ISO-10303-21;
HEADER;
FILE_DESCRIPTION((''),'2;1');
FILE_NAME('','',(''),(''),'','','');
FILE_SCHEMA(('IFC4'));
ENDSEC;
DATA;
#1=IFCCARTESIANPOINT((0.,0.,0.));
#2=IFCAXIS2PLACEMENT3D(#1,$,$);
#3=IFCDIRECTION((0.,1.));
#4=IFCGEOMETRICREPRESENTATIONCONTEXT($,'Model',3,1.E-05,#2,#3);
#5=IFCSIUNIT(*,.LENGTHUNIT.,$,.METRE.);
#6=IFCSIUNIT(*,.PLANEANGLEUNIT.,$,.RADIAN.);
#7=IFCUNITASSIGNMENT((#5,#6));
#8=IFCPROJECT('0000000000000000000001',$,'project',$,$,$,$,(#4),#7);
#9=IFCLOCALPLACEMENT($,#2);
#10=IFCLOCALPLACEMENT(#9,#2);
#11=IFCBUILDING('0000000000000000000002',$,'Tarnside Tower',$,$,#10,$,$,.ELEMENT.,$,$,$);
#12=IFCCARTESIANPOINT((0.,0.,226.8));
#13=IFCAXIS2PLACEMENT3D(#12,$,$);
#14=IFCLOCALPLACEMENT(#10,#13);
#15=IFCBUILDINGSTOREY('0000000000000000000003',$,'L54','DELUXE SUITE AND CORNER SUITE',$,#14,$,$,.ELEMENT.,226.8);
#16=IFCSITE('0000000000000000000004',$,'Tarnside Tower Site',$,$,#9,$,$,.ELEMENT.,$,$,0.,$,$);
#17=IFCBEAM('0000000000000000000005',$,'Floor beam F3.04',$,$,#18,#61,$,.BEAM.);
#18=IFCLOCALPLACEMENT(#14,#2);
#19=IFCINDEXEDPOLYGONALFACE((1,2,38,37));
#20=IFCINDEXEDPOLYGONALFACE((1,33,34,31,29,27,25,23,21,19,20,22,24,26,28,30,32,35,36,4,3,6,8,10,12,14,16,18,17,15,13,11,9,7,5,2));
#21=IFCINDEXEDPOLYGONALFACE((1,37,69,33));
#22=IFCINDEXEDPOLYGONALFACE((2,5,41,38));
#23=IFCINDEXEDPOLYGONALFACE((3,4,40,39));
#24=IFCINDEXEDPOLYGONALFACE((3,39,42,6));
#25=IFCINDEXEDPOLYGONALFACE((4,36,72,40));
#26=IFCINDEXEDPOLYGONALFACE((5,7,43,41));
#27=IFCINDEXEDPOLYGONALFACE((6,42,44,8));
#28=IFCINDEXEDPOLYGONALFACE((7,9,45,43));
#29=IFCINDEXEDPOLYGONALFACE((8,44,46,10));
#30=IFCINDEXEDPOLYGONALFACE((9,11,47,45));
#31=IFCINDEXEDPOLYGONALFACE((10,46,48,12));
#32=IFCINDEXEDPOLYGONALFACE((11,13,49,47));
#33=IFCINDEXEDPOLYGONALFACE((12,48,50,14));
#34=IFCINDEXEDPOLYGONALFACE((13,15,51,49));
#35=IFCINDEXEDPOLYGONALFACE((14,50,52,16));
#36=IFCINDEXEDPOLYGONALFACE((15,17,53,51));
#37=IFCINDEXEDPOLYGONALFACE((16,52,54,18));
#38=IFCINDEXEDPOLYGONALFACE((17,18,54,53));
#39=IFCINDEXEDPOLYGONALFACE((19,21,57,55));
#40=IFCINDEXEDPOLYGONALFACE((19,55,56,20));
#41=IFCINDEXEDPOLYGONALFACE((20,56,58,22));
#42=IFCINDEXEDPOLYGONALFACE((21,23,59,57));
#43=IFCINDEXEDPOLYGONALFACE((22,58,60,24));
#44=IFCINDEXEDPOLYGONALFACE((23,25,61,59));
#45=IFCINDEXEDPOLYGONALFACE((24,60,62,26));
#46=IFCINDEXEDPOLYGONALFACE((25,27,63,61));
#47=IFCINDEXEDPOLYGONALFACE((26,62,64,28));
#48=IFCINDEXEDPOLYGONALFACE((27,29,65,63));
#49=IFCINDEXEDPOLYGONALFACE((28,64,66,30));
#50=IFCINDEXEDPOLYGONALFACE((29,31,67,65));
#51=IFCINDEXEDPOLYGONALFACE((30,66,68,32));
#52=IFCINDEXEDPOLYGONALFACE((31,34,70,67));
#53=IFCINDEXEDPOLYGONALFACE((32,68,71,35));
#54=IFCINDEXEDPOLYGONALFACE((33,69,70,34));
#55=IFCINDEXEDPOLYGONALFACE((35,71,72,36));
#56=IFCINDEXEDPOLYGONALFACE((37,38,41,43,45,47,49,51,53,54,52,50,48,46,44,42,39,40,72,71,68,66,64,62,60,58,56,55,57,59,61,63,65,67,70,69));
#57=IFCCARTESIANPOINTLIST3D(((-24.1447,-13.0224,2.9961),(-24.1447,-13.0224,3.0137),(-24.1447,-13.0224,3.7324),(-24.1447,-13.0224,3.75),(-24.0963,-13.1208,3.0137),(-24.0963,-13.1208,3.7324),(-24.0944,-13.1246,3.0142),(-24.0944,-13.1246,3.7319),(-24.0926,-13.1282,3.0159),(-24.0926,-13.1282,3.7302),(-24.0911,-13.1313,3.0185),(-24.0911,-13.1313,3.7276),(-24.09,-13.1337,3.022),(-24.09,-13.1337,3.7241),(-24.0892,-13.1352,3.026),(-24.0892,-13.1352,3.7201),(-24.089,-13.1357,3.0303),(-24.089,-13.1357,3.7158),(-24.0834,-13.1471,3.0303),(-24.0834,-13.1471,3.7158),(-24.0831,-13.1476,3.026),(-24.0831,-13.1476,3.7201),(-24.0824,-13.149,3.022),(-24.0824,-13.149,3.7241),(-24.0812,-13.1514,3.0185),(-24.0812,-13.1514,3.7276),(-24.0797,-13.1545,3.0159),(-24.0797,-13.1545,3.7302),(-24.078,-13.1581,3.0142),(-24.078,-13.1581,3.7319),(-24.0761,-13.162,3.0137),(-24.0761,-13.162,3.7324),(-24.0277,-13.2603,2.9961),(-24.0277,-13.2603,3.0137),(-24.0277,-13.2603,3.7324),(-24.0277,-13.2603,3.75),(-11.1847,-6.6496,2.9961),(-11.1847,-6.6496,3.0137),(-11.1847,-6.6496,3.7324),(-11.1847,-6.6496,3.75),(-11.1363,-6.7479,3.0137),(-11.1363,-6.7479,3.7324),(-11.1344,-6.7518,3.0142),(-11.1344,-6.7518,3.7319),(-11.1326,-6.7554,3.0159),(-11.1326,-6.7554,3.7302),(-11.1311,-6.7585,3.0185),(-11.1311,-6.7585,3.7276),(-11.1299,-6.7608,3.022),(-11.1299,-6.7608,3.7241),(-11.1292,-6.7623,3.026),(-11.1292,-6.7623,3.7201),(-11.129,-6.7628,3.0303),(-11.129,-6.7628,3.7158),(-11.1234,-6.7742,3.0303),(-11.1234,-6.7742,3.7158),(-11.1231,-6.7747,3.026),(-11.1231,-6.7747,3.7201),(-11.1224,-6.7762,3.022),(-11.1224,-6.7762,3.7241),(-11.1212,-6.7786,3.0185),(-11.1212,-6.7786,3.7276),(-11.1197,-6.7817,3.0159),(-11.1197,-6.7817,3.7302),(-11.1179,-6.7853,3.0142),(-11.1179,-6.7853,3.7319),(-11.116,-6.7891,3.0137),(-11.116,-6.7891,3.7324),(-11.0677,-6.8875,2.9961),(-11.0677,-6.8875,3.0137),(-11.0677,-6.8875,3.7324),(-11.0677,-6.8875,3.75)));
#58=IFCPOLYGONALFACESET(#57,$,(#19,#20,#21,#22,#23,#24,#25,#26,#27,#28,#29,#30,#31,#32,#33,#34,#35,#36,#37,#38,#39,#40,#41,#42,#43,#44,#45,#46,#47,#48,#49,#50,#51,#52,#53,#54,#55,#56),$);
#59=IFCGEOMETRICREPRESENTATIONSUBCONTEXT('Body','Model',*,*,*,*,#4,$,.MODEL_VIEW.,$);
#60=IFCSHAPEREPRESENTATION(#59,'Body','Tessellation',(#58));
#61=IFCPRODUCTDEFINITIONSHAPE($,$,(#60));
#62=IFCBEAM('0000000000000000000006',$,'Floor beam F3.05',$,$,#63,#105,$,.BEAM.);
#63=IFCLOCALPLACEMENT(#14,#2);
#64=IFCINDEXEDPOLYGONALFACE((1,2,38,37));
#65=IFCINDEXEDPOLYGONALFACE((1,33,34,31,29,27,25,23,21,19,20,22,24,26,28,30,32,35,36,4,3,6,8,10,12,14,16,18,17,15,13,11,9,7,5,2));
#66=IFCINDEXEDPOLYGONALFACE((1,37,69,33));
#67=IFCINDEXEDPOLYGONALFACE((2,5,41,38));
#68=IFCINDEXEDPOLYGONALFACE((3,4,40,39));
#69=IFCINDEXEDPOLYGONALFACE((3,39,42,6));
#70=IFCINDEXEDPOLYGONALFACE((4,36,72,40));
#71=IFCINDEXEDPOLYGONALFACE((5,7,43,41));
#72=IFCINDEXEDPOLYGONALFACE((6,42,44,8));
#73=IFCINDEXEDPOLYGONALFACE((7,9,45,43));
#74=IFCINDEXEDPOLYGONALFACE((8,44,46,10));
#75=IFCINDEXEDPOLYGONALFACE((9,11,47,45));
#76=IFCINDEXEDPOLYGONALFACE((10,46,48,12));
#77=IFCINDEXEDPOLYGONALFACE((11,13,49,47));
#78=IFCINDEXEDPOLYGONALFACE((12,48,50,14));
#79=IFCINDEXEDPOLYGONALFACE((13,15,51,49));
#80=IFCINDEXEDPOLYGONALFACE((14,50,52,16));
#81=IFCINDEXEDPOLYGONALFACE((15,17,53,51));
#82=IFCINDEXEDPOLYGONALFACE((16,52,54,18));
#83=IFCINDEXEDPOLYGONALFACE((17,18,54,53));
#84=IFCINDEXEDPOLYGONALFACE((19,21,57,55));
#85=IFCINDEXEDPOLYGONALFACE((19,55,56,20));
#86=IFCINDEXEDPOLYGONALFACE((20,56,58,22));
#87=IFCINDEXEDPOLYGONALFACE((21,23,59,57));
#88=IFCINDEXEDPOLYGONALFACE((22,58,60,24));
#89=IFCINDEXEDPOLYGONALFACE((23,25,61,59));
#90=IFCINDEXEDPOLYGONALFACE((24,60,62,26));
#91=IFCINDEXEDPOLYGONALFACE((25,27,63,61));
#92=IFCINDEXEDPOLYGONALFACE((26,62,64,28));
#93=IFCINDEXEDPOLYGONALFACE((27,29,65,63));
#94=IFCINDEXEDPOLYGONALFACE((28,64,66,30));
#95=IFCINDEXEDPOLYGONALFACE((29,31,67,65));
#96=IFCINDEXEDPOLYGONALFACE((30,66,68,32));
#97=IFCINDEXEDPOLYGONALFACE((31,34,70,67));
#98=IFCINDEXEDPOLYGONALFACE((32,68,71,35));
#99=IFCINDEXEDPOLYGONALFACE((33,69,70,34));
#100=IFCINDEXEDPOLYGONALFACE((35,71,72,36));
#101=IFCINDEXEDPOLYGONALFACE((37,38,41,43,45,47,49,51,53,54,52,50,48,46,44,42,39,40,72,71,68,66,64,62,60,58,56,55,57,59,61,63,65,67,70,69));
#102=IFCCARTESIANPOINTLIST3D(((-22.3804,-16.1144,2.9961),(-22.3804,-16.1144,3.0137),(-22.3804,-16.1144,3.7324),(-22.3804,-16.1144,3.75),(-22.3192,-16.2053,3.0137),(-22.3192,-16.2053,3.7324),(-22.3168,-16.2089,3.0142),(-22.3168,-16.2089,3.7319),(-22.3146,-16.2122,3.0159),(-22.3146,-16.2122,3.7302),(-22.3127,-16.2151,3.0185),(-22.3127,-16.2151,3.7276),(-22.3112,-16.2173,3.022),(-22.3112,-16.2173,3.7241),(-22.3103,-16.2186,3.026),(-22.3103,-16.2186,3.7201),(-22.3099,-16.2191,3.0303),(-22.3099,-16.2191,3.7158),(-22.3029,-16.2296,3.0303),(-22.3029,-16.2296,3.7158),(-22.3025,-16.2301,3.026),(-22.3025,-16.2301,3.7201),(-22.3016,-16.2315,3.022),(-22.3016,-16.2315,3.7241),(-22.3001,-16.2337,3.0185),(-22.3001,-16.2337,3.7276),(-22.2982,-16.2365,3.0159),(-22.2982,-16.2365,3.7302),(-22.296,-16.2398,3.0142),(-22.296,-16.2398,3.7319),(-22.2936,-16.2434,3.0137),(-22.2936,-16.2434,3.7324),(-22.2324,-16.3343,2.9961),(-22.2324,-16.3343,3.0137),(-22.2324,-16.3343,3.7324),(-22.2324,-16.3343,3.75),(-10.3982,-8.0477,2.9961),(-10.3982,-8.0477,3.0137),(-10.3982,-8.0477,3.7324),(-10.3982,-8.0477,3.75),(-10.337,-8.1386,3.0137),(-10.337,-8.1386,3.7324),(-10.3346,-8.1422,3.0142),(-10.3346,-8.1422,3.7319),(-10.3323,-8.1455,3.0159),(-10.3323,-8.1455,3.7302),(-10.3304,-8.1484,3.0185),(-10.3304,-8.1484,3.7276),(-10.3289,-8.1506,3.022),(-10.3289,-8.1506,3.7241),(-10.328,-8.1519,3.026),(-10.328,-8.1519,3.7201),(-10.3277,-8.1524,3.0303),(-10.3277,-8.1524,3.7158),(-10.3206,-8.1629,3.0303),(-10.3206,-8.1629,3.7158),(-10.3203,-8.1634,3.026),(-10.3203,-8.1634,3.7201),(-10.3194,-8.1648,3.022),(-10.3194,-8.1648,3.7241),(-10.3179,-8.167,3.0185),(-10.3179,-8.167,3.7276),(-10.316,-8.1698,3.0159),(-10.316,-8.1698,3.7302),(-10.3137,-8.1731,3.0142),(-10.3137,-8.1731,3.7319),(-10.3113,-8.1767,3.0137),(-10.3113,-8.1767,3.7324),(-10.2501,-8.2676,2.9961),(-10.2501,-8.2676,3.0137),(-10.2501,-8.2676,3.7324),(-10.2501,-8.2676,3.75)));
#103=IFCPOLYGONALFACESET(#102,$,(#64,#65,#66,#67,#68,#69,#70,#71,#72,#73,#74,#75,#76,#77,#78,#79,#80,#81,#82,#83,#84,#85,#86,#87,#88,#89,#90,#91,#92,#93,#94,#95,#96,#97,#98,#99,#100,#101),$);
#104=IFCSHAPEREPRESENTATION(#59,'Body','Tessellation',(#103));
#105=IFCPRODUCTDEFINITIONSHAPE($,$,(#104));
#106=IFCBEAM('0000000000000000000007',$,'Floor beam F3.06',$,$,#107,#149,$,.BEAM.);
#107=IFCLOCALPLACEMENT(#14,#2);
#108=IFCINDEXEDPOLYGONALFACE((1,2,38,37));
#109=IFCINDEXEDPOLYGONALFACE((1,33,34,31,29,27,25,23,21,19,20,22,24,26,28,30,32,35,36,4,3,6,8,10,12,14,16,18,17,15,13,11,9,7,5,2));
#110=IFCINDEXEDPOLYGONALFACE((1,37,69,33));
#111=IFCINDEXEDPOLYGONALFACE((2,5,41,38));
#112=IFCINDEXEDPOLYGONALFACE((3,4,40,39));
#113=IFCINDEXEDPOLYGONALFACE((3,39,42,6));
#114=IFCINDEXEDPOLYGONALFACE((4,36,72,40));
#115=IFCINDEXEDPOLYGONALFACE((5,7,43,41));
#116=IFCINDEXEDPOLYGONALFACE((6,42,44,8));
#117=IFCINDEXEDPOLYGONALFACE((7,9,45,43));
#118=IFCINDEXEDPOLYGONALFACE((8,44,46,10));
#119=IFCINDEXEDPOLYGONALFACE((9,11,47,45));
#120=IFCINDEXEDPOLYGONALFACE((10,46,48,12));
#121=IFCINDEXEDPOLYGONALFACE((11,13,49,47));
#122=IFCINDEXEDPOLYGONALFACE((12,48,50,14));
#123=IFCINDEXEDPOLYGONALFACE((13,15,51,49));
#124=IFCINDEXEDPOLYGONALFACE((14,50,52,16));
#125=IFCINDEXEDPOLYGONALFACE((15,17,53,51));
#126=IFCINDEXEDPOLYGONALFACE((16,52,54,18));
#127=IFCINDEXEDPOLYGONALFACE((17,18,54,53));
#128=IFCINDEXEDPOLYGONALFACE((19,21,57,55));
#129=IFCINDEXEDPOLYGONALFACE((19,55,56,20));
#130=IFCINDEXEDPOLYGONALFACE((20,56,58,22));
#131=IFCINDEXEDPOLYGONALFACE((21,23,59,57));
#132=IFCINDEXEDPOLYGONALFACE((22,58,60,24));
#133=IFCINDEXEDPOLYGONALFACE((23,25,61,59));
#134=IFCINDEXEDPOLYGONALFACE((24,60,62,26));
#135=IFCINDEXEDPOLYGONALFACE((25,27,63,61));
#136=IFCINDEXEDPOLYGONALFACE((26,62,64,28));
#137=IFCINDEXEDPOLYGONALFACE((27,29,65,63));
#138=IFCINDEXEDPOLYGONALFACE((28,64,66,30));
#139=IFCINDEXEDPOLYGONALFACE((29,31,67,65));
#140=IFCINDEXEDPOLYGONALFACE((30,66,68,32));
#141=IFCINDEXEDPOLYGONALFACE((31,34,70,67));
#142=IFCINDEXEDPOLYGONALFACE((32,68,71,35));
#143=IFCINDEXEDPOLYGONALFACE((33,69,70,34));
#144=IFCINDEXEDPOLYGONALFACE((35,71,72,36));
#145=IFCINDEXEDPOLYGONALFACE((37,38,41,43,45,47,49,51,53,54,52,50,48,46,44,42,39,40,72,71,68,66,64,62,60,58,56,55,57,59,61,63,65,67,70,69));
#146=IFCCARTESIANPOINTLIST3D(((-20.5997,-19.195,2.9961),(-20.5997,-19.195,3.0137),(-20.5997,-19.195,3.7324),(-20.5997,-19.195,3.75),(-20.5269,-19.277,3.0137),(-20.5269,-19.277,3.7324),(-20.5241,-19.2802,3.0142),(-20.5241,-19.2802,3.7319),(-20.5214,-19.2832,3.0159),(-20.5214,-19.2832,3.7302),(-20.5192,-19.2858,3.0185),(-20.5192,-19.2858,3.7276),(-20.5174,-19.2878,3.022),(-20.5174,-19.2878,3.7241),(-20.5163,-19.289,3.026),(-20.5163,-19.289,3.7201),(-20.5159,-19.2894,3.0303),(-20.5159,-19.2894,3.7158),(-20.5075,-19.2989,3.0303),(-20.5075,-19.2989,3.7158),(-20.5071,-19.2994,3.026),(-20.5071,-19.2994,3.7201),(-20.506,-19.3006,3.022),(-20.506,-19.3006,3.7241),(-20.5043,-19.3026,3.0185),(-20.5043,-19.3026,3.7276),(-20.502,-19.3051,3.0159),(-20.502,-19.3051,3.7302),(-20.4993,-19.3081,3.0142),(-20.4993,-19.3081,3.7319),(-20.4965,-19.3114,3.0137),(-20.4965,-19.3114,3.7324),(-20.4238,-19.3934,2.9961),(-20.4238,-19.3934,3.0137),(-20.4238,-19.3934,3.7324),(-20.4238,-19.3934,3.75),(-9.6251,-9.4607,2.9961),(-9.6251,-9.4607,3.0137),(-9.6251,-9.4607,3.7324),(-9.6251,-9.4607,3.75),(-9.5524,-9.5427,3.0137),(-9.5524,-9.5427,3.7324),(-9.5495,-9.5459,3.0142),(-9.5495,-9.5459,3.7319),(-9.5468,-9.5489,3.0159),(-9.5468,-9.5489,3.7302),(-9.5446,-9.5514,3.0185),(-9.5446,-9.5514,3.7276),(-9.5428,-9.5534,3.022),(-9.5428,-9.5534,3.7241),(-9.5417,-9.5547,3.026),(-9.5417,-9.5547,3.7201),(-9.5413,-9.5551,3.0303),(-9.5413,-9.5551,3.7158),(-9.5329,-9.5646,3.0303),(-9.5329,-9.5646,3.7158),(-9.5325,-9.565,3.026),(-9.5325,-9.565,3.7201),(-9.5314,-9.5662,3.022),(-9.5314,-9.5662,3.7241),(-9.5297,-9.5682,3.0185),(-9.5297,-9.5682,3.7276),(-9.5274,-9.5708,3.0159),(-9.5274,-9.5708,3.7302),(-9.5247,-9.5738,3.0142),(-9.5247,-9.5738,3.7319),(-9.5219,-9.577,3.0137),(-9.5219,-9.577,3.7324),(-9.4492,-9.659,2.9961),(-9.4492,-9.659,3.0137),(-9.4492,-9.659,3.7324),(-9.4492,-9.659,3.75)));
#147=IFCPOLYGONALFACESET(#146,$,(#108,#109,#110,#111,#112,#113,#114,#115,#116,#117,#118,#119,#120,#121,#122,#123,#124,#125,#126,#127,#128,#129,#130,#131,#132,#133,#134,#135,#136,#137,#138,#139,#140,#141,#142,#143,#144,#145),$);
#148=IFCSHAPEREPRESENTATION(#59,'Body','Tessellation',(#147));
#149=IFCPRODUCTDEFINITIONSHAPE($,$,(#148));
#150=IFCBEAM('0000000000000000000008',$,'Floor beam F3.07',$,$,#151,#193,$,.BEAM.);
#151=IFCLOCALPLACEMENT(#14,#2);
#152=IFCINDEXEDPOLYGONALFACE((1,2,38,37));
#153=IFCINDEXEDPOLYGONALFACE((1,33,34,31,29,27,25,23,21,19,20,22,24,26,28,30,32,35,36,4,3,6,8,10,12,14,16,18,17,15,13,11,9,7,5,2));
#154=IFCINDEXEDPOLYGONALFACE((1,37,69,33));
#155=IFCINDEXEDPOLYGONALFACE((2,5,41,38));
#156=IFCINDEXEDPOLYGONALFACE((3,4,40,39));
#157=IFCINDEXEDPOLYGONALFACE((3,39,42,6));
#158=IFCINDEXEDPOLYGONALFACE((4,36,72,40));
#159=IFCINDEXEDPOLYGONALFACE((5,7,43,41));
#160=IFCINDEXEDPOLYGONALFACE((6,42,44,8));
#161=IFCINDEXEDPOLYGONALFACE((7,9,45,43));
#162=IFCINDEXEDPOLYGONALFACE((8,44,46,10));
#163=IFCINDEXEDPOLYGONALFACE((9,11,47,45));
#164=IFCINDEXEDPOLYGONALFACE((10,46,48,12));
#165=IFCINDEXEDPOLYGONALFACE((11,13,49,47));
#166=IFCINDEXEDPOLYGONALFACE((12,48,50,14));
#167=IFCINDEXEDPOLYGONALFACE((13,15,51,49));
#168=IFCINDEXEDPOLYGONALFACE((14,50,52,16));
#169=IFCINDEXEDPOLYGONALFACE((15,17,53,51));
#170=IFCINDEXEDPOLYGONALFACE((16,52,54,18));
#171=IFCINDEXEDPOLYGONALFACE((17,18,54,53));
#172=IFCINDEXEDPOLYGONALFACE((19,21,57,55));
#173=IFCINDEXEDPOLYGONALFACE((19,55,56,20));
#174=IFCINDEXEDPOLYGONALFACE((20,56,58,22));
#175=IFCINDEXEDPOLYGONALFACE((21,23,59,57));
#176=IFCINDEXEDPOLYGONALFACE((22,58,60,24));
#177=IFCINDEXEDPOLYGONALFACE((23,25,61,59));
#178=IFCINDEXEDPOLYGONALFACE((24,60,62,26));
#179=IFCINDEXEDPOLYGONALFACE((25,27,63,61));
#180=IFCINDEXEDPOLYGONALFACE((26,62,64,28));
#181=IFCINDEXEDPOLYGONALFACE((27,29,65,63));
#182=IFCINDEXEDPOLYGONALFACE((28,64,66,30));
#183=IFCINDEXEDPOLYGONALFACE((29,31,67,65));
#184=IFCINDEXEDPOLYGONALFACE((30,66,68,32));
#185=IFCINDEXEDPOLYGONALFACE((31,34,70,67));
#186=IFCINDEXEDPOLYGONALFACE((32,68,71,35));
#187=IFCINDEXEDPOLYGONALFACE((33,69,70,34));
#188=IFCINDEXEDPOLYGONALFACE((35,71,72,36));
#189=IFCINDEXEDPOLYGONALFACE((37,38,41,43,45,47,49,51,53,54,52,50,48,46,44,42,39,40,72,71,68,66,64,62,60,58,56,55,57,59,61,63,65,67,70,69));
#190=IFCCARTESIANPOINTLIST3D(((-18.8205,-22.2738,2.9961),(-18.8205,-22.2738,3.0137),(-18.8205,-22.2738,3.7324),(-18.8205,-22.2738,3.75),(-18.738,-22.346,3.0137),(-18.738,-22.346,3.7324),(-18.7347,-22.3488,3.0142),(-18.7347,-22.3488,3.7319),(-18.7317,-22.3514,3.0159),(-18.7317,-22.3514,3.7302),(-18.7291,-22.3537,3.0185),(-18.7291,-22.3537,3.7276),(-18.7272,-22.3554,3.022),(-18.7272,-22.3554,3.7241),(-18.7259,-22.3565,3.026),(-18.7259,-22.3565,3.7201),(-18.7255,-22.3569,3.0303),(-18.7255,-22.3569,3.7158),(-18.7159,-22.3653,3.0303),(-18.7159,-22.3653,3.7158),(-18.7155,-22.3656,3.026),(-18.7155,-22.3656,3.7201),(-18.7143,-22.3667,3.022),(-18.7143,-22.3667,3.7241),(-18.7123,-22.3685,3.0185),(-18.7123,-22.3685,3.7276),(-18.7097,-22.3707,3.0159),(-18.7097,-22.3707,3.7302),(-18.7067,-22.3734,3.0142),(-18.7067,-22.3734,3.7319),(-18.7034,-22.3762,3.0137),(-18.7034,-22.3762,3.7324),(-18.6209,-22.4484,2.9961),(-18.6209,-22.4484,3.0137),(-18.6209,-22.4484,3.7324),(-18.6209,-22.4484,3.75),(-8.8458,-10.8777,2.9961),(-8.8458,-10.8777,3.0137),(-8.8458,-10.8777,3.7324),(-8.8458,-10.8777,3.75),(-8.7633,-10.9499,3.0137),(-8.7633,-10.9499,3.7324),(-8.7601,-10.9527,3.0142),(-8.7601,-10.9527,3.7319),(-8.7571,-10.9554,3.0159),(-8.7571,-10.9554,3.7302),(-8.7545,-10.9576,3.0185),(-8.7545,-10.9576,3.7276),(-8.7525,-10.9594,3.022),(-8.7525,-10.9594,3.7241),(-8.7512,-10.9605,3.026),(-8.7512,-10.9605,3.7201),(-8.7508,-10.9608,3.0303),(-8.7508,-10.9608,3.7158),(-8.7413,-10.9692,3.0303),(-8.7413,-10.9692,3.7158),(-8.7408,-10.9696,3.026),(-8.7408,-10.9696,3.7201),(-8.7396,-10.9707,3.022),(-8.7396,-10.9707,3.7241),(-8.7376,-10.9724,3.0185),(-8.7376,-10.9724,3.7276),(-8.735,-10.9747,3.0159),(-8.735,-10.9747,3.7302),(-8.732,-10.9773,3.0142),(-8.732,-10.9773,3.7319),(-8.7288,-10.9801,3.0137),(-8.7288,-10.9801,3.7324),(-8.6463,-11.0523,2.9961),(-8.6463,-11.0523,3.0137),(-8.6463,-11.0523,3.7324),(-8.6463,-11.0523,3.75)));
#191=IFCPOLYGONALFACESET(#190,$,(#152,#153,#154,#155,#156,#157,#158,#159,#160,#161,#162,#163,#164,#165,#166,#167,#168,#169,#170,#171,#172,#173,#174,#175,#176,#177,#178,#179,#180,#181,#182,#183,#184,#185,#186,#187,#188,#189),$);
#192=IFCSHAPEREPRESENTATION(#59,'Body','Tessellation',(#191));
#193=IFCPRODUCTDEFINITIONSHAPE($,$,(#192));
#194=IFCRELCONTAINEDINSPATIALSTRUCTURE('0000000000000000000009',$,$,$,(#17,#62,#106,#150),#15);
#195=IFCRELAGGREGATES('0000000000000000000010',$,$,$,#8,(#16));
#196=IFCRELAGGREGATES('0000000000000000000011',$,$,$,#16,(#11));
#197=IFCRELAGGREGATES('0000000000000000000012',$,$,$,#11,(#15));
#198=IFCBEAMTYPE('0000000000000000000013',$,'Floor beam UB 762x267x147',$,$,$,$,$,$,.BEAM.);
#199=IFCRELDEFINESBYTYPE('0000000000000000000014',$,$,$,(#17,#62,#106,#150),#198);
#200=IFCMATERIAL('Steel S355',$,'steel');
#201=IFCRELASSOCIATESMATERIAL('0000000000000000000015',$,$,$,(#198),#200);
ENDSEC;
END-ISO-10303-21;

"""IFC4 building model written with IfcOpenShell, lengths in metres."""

from ifc_helpers import new_model, si_unit, direction, frame, origin, origin_2d, place, context, subcontext, project, spatial, i_section, extrude, material, material_profile, profile_set, type_object, element, save


model = new_model("IFC4")

# Units and contexts
model_context = context("Model", 3, precision=1e-05, world=origin(), true_north=direction((0.0, 1.0)))
body_context = subcontext(model_context, "Body", "Model", "MODEL_VIEW")
ifc_project = project(units=[si_unit("LENGTHUNIT", "METRE"), si_unit("PLANEANGLEUNIT", "RADIAN")], contexts=[model_context])

# Site, building, storey
site_placement = place(None, origin())
site = spatial("IfcSite", under=ifc_project, at=site_placement, Name="Tarnside Tower Site", CompositionType="ELEMENT", RefElevation=0.0)
building_placement = place(site_placement, origin())
building = spatial("IfcBuilding", under=site, at=building_placement, Name="Tarnside Tower", CompositionType="ELEMENT")
storey_placement = place(building_placement, frame((0.0, 0.0, 226.8)))
storey = spatial("IfcBuildingStorey", under=building, at=storey_placement, Name="L54", Description="DELUXE SUITE AND CORNER SUITE", CompositionType="ELEMENT", Elevation=226.8)

# Beams
ifc_material_1 = material(Name="Steel S355", Category="steel")
ifc_material_profile_1 = material_profile(ifc_material_1, i_section(OverallWidth=0.2651, OverallDepth=0.7539, WebThickness=0.0127, FlangeThickness=0.0176, FilletRadius=0.0166, at=origin_2d()), Name="UB 762x267x147")
ifc_profile_set_1 = profile_set([ifc_material_profile_1], Name="Steel S355")
beam_type_1 = type_object("IfcBeamType", Name="Floor beam UB 762x267x147", PredefinedType="BEAM", material=ifc_profile_set_1)
beam_1_placement = place(storey_placement, frame((-24.0862, -13.1414, 3.373), z_axis=(0.897376, 0.441267, 0.0), x_axis=(-0.441267, 0.897376, 0.0)))
element("IfcBeam", 1, at=beam_1_placement, inside=storey, type_object=beam_type_1, Name="Floor beam F3.04", PredefinedType="BEAM", context=body_context, shape_type="SweptSolid", body=[
    extrude(i_section(OverallWidth=0.2651, OverallDepth=0.7539, WebThickness=0.0127, FlangeThickness=0.0176, FilletRadius=0.0166, at=origin_2d()), origin(), (0.0, 0.0, 1.0), 14.4421),
])
beam_2_placement = place(storey_placement, frame((-22.3064, -16.2244, 3.373), z_axis=(0.829532, 0.558458, 0.0), x_axis=(-0.558458, 0.829532, 0.0)))
element("IfcBeam", 2, at=beam_2_placement, inside=storey, type_object=beam_type_1, Name="Floor beam F3.05", PredefinedType="BEAM", context=body_context, shape_type="SweptSolid", body=[
    extrude(i_section(OverallWidth=0.2651, OverallDepth=0.7539, WebThickness=0.0127, FlangeThickness=0.0176, FilletRadius=0.0166, at=origin_2d()), origin(), (0.0, 0.0, 1.0), 14.4446),
])
beam_3_placement = place(storey_placement, frame((-20.5117, -19.2942, 3.373), z_axis=(0.748114, 0.66357, 0.0), x_axis=(-0.66357, 0.748114, 0.0)))
element("IfcBeam", 3, at=beam_3_placement, inside=storey, type_object=beam_type_1, Name="Floor beam F3.06", PredefinedType="BEAM", context=body_context, shape_type="SweptSolid", body=[
    extrude(i_section(OverallWidth=0.2651, OverallDepth=0.7539, WebThickness=0.0127, FlangeThickness=0.0176, FilletRadius=0.0166, at=origin_2d()), origin(), (0.0, 0.0, 1.0), 14.6697),
])
beam_4_placement = place(storey_placement, frame((-18.7207, -22.3611, 3.373), z_axis=(0.658621, 0.752475, 0.0), x_axis=(-0.752475, 0.658621, 0.0)))
element("IfcBeam", 4, at=beam_4_placement, inside=storey, type_object=beam_type_1, Name="Floor beam F3.07", PredefinedType="BEAM", context=body_context, shape_type="SweptSolid", body=[
    extrude(i_section(OverallWidth=0.2651, OverallDepth=0.7539, WebThickness=0.0127, FlangeThickness=0.0176, FilletRadius=0.0166, at=origin_2d()), origin(), (0.0, 0.0, 1.0), 15.1448),
])

save(model, "model.ifc")
